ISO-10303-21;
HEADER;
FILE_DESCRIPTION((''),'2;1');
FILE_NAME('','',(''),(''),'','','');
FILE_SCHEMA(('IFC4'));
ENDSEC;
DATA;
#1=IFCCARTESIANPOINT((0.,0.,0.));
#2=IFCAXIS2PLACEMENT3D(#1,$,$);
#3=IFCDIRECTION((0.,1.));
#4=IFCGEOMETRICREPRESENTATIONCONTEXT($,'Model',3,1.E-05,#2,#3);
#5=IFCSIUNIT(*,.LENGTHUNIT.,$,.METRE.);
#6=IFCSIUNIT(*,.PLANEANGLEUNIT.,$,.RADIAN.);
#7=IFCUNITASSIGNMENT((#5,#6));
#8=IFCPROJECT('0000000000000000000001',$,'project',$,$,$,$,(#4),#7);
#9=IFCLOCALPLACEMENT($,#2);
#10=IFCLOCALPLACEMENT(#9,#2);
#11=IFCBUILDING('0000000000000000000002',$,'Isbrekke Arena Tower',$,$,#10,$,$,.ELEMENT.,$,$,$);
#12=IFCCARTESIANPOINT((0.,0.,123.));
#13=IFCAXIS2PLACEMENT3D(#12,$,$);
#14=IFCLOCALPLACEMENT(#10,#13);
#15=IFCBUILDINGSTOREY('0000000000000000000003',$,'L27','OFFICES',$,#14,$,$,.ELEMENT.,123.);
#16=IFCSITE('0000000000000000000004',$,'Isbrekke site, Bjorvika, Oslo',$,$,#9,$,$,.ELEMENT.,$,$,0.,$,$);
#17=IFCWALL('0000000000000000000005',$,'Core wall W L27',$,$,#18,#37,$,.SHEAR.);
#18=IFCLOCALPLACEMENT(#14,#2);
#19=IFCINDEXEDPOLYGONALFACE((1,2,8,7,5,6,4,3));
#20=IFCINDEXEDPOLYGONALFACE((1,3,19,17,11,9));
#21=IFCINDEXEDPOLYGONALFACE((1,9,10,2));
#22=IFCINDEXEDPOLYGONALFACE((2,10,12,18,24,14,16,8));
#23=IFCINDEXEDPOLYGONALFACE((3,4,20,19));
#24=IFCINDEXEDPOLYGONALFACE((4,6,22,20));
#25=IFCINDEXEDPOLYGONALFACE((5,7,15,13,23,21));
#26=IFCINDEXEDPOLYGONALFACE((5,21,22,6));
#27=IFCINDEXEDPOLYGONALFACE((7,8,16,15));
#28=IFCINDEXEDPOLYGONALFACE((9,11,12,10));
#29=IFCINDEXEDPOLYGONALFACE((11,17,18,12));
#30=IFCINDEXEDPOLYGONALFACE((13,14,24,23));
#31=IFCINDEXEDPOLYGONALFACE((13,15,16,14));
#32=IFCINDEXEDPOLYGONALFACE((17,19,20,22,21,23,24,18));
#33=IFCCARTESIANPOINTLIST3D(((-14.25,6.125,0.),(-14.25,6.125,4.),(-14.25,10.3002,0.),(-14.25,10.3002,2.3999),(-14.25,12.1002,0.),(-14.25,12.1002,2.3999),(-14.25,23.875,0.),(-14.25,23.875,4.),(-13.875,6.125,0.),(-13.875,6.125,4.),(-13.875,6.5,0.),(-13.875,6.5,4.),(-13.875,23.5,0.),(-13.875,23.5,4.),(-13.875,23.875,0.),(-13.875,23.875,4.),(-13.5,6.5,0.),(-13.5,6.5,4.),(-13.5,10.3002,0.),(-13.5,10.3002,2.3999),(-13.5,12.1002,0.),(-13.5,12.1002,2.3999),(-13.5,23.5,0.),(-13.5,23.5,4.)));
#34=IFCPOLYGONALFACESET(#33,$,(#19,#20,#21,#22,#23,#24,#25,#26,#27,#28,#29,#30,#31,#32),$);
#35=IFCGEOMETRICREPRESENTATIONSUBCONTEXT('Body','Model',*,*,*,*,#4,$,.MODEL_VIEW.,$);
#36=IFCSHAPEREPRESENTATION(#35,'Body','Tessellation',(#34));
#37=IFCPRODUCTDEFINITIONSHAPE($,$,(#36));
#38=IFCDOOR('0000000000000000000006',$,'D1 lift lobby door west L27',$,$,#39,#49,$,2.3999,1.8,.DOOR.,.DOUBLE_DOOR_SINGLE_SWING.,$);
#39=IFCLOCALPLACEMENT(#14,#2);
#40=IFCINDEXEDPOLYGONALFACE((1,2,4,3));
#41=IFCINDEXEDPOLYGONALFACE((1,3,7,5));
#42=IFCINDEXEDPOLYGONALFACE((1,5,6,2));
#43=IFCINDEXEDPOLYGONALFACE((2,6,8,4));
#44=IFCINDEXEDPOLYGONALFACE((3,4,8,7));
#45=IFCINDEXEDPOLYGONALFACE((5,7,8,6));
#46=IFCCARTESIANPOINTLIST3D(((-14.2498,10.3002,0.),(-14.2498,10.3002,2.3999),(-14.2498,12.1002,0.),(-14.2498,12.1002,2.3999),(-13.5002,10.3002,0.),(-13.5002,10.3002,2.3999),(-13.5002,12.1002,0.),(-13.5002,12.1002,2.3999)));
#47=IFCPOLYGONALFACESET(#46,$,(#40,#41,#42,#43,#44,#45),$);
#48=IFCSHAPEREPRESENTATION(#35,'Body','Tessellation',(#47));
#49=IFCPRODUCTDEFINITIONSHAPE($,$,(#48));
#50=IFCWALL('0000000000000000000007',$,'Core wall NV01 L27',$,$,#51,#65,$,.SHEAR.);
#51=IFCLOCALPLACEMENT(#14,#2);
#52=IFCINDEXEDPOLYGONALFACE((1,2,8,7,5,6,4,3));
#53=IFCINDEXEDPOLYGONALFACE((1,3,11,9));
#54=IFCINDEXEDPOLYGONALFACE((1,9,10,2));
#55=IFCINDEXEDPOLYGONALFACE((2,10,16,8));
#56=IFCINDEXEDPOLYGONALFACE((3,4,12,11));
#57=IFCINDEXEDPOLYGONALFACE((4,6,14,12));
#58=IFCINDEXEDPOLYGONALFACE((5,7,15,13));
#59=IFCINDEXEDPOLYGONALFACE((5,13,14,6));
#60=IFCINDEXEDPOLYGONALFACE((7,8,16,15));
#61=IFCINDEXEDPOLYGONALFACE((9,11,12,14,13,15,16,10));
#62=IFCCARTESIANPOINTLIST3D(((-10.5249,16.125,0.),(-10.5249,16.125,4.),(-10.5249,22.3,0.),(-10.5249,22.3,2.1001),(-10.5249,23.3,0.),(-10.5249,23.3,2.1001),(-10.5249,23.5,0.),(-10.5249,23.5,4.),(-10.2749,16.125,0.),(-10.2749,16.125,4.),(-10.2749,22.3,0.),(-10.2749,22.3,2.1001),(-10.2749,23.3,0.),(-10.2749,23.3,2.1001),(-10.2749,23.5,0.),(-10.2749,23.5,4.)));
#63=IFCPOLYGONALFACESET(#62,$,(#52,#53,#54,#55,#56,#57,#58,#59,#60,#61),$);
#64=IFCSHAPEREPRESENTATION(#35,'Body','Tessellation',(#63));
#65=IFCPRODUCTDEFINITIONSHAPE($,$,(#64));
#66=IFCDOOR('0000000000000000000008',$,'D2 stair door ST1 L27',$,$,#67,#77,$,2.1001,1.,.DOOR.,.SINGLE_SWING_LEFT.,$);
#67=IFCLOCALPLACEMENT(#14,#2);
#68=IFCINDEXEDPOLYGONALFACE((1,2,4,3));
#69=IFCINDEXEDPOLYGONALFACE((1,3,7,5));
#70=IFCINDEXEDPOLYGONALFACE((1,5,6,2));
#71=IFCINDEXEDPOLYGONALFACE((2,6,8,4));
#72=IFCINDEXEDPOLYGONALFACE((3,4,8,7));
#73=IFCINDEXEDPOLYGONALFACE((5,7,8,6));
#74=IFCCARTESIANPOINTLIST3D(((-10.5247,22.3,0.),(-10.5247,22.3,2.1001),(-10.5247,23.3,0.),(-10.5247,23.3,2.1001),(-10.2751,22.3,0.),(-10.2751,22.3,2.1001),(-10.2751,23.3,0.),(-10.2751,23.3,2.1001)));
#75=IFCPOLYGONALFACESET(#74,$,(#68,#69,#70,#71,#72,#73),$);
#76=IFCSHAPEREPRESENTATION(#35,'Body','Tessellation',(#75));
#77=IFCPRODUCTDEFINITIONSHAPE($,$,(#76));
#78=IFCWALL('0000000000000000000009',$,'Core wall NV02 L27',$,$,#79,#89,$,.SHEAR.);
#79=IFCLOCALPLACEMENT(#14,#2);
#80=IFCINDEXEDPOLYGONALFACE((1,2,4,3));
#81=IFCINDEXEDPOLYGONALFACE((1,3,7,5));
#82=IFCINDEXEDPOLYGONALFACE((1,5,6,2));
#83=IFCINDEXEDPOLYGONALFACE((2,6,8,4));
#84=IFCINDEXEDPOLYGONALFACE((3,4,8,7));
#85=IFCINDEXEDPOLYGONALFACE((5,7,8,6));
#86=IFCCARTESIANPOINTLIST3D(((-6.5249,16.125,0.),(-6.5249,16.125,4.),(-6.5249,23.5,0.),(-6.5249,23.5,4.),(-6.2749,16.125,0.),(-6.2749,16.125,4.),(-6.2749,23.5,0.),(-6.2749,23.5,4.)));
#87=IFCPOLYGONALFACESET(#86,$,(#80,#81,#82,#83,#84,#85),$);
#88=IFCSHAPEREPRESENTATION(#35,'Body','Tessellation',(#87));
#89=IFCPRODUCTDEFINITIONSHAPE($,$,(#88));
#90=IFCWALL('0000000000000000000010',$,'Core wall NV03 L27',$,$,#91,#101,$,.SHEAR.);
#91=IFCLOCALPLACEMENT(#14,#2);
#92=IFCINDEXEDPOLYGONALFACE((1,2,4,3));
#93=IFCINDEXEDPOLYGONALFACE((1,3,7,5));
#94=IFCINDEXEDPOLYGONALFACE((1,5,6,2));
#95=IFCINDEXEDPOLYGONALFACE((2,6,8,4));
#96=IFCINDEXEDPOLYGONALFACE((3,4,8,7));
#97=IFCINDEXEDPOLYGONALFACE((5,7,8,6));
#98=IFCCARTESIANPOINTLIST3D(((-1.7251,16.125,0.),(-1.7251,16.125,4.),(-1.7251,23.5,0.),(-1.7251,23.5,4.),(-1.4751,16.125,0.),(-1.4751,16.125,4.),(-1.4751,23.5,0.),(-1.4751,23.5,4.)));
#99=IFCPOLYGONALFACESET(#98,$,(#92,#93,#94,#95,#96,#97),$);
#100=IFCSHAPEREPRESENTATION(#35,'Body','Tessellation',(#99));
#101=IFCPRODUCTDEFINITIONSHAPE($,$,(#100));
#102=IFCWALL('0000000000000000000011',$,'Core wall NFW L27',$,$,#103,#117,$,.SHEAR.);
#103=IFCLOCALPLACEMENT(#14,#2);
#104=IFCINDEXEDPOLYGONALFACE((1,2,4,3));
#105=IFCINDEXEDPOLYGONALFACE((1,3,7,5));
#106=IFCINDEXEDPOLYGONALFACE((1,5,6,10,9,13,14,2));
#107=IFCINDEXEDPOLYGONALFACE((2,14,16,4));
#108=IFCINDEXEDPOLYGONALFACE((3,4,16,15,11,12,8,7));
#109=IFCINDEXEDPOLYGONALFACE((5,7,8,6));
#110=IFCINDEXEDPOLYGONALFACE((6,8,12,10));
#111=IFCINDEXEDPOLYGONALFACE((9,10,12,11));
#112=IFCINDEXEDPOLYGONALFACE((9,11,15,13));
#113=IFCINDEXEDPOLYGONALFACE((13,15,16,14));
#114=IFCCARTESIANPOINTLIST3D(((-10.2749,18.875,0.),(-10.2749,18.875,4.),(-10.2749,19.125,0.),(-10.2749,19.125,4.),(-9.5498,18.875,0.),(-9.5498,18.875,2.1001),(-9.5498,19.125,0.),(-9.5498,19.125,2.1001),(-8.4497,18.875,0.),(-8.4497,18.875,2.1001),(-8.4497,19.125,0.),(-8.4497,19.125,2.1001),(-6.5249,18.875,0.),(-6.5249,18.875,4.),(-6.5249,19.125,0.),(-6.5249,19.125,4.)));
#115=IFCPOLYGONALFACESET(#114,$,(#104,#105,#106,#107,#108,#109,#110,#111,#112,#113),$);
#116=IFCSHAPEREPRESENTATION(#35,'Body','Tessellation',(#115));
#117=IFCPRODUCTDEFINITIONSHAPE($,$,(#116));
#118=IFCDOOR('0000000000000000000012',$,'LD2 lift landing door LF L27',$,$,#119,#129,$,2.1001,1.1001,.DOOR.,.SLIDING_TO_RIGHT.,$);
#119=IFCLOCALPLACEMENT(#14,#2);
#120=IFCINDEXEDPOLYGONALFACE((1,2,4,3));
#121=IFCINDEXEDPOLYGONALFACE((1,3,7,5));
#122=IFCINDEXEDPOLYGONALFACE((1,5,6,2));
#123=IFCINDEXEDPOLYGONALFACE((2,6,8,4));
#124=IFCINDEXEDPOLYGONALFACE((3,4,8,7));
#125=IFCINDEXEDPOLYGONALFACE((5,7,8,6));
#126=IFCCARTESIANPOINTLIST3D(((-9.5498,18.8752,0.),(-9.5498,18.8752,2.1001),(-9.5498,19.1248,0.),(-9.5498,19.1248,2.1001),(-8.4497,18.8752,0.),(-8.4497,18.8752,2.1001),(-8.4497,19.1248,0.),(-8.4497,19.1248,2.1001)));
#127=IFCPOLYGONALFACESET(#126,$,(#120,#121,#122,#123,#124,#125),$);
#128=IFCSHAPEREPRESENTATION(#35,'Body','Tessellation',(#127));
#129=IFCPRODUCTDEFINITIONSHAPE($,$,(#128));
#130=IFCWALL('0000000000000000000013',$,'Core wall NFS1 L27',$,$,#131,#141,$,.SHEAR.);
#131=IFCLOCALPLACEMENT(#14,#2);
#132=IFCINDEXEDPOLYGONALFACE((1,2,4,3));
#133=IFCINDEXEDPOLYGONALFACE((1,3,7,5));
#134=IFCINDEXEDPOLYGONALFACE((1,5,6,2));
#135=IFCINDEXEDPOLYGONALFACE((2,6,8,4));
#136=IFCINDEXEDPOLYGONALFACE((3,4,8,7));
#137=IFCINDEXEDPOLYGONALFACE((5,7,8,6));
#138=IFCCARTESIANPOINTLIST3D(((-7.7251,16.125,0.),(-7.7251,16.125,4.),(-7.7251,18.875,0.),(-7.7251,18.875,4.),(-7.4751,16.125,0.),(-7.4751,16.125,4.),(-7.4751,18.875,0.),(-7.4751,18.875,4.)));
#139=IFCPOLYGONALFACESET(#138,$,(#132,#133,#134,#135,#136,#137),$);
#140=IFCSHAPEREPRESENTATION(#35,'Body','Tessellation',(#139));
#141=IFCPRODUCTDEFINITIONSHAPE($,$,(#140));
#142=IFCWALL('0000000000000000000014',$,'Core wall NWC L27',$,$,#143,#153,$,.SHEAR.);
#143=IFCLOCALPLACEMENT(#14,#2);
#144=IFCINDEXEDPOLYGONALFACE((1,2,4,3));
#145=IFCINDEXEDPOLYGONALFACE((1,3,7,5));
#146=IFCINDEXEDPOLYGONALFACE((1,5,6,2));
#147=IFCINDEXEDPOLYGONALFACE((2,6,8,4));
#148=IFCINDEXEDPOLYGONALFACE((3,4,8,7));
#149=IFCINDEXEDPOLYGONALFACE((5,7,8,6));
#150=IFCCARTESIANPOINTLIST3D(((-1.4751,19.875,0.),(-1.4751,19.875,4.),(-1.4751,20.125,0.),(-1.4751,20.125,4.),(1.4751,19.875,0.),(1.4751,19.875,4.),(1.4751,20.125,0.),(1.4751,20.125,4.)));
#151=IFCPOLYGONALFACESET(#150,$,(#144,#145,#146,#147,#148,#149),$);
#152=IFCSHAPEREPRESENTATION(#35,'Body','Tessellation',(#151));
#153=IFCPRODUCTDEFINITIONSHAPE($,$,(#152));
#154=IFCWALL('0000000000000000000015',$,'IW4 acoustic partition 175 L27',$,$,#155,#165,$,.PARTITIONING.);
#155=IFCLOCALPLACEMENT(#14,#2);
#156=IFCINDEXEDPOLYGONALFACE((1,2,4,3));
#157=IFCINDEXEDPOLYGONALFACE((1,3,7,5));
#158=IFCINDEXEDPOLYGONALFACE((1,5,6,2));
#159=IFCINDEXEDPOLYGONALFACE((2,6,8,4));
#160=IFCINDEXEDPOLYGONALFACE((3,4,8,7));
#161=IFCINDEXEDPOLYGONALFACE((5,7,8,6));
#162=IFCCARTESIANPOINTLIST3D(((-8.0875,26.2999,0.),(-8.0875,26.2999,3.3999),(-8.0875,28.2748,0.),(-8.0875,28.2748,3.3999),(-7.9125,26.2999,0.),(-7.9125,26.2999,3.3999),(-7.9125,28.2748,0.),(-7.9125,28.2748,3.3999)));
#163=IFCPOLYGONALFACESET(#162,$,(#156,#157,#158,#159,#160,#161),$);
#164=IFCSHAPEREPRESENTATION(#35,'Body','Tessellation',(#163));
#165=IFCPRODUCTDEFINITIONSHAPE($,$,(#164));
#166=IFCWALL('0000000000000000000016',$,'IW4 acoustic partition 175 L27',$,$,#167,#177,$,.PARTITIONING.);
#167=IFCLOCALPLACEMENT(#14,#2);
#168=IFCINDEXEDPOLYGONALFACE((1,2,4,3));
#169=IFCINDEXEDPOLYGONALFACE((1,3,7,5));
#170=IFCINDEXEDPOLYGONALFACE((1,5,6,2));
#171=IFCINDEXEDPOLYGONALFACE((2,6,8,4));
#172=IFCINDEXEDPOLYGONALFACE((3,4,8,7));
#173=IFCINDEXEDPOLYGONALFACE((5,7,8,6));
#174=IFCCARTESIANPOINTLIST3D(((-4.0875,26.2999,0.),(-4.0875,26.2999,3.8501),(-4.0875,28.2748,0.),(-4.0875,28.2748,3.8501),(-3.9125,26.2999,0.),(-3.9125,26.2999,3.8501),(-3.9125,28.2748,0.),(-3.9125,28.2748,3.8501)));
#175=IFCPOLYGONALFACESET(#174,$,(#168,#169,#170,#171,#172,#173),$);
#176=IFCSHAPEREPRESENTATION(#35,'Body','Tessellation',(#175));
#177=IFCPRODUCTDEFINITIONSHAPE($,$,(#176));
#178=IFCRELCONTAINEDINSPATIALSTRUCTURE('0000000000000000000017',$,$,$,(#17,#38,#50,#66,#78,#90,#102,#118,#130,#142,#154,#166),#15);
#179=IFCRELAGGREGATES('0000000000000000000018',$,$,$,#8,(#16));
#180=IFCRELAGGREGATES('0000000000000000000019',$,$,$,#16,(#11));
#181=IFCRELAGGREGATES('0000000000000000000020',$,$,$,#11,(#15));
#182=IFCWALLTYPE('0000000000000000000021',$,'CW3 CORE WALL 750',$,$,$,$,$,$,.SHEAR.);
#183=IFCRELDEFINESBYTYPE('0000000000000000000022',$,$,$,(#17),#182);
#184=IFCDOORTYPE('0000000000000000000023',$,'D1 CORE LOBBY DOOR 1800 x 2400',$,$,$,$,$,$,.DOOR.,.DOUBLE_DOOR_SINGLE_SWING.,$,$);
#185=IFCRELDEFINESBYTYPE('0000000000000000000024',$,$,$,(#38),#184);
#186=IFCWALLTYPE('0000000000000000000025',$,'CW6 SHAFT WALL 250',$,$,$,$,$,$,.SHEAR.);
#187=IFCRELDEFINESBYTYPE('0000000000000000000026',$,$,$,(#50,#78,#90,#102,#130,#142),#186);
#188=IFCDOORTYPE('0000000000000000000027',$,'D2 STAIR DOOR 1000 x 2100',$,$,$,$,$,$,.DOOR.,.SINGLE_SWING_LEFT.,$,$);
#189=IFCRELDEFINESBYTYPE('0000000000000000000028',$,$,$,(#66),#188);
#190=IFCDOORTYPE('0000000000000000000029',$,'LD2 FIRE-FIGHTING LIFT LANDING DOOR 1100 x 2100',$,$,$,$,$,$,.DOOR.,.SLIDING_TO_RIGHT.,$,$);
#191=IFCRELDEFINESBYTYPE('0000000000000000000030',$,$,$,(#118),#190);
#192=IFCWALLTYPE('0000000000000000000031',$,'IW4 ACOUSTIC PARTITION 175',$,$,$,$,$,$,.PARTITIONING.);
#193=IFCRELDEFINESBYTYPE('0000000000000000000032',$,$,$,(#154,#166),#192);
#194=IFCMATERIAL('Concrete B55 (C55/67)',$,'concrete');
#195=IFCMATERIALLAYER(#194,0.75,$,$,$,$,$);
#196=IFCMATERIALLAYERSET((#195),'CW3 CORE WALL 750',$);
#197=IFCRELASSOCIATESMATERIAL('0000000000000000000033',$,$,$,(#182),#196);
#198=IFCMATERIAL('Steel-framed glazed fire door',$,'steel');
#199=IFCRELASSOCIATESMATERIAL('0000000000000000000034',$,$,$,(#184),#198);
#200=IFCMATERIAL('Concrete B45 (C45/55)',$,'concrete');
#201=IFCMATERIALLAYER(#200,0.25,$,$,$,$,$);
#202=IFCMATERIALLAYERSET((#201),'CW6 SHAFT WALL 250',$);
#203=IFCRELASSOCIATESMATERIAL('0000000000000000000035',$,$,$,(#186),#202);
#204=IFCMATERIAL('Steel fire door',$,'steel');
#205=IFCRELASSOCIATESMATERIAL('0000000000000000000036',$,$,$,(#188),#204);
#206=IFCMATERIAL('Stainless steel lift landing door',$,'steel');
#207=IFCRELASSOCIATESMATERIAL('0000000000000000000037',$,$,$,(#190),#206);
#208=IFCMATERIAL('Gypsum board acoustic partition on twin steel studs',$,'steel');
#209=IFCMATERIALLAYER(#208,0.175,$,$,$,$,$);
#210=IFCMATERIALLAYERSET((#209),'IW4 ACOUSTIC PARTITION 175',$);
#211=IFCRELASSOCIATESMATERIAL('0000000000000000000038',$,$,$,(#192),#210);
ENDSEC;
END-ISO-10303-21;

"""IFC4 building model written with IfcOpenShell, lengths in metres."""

from ifc_helpers import new_model, si_unit, direction, frame, frame_2d, origin, place, context, subcontext, project, spatial, polyline, rectangle, outline, extrude, material, layer, layer_set, type_object, element, fill, save


model = new_model("IFC4")

# Units and contexts
model_context = context("Model", 3, precision=1e-05, world=origin(), true_north=direction((0.0, 1.0)))
body_context = subcontext(model_context, "Body", "Model", "MODEL_VIEW")
ifc_project = project(units=[si_unit("LENGTHUNIT", "METRE"), si_unit("PLANEANGLEUNIT", "RADIAN")], contexts=[model_context])

# Site, building, storey
site_placement = place(None, origin())
site = spatial("IfcSite", under=ifc_project, at=site_placement, Name="Isbrekke site, Bjorvika, Oslo", CompositionType="ELEMENT", RefElevation=0.0)
building_placement = place(site_placement, origin())
building = spatial("IfcBuilding", under=site, at=building_placement, Name="Isbrekke Arena Tower", CompositionType="ELEMENT")
storey_placement = place(building_placement, frame((0.0, 0.0, 123.0)))
storey = spatial("IfcBuildingStorey", under=building, at=storey_placement, Name="L27", Description="OFFICES", CompositionType="ELEMENT", Elevation=123.0)

# Walls, openings, doors
ifc_material_1 = material(Name="Concrete B55 (C55/67)", Category="concrete")
ifc_layer_1 = layer(ifc_material_1, 0.75)
ifc_layer_set_1 = layer_set([ifc_layer_1], Name="CW3 CORE WALL 750")
wall_type_1 = type_object("IfcWallType", Name="CW3 CORE WALL 750", PredefinedType="SHEAR", material=ifc_layer_set_1)
wall_1_placement = place(storey_placement, frame((-13.875, 23.875, 0.0), z_axis=(0.0, 0.0, 1.0), x_axis=(0.0, -1.0, 0.0)))
wall_1 = element("IfcWall", 1, at=wall_1_placement, inside=storey, type_object=wall_type_1, Name="Core wall W L27", PredefinedType="SHEAR", context=body_context, shape_type="SweptSolid", body=[
    extrude(outline(polyline([(0.0, -0.375), (17.75, -0.375), (17.75, 0.0), (17.375, 0.0), (17.375, 0.375), (0.375, 0.375), (0.375, 0.0), (0.0, 0.0), (0.0, -0.375)])), origin(), (0.0, 0.0, 1.0), 4.0),
])
opening_1_placement = place(wall_1_placement, frame((11.7749, 0.0, 0.0)))
opening_1 = element("IfcOpeningElement", 2, at=opening_1_placement, cuts=wall_1, PredefinedType="OPENING", context=body_context, shape_type="SweptSolid", body=[
    extrude(rectangle(XDim=1.8, YDim=2.3999, at=frame_2d((0.8999, 1.2))), frame((0.0, 0.3899, 0.0), z_axis=(0.0, -1.0, 0.0), x_axis=(1.0, 0.0, 0.0)), (0.0, 0.0, 1.0), 0.7798),
])
ifc_material_2 = material(Name="Steel-framed glazed fire door", Category="steel")
door_type_1 = type_object("IfcDoorType", Name="D1 CORE LOBBY DOOR 1800 x 2400", OperationType="DOUBLE_DOOR_SINGLE_SWING", PredefinedType="DOOR", material=ifc_material_2)
door_1_placement = place(opening_1_placement, origin())
door_1 = element("IfcDoor", 3, at=door_1_placement, inside=storey, type_object=door_type_1, Name="D1 lift lobby door west L27", OperationType="DOUBLE_DOOR_SINGLE_SWING", OverallHeight=2.3999, OverallWidth=1.8, PredefinedType="DOOR", context=body_context, shape_type="SweptSolid", body=[
    extrude(rectangle(XDim=1.8, YDim=2.3999, at=frame_2d((0.8999, 1.2))), frame((0.0, 0.3748, 0.0), z_axis=(0.0, -1.0, 0.0), x_axis=(1.0, 0.0, 0.0)), (0.0, 0.0, 1.0), 0.7495),
])
fill(opening_1, door_1)
ifc_material_3 = material(Name="Concrete B45 (C45/55)", Category="concrete")
ifc_layer_2 = layer(ifc_material_3, 0.25)
ifc_layer_set_2 = layer_set([ifc_layer_2], Name="CW6 SHAFT WALL 250")
wall_type_2 = type_object("IfcWallType", Name="CW6 SHAFT WALL 250", PredefinedType="SHEAR", material=ifc_layer_set_2)
wall_2_placement = place(storey_placement, frame((-10.3999, 16.125, 0.0), z_axis=(0.0, 0.0, 1.0), x_axis=(0.0, 1.0, 0.0)))
wall_2 = element("IfcWall", 4, at=wall_2_placement, inside=storey, type_object=wall_type_2, Name="Core wall NV01 L27", PredefinedType="SHEAR", context=body_context, shape_type="SweptSolid", body=[
    extrude(rectangle(XDim=7.375, YDim=0.25, at=frame_2d((3.6875, 0.0))), origin(), (0.0, 0.0, 1.0), 4.0),
])
opening_2_placement = place(wall_2_placement, frame((6.175, 0.0, 0.0)))
opening_2 = element("IfcOpeningElement", 5, at=opening_2_placement, cuts=wall_2, PredefinedType="OPENING", context=body_context, shape_type="SweptSolid", body=[
    extrude(rectangle(XDim=1.0, YDim=2.1001, at=frame_2d((0.5, 1.05))), frame((0.0, 0.1399, 0.0), z_axis=(0.0, -1.0, 0.0), x_axis=(1.0, 0.0, 0.0)), (0.0, 0.0, 1.0), 0.2798),
])
ifc_material_4 = material(Name="Steel fire door", Category="steel")
door_type_2 = type_object("IfcDoorType", Name="D2 STAIR DOOR 1000 x 2100", OperationType="SINGLE_SWING_LEFT", PredefinedType="DOOR", material=ifc_material_4)
door_2_placement = place(opening_2_placement, origin())
door_2 = element("IfcDoor", 6, at=door_2_placement, inside=storey, type_object=door_type_2, Name="D2 stair door ST1 L27", OperationType="SINGLE_SWING_LEFT", OverallHeight=2.1001, OverallWidth=1.0, PredefinedType="DOOR", context=body_context, shape_type="SweptSolid", body=[
    extrude(rectangle(XDim=1.0, YDim=2.1001, at=frame_2d((0.5, 1.05))), frame((0.0, 0.1248, 0.0), z_axis=(0.0, -1.0, 0.0), x_axis=(1.0, 0.0, 0.0)), (0.0, 0.0, 1.0), 0.2495),
])
fill(opening_2, door_2)

# Walls
for number, where, z_axis, x_axis, name in (
    (7, (-6.3999, 16.125, 0.0), (0.0, 0.0, 1.0), (0.0, 1.0, 0.0), "Core wall NV02 L27"),
    (8, (-1.6001, 16.125, 0.0), (0.0, 0.0, 1.0), (0.0, 1.0, 0.0), "Core wall NV03 L27"),
):
    element("IfcWall", number, at=place(storey_placement, frame(where, z_axis=z_axis, x_axis=x_axis)), inside=storey, type_object=wall_type_2, Name=name, PredefinedType="SHEAR", context=body_context, shape_type="SweptSolid", body=[
        extrude(rectangle(XDim=7.375, YDim=0.25, at=frame_2d((3.6875, 0.0))), origin(), (0.0, 0.0, 1.0), 4.0),
    ])

# Wall, opening, door
wall_3_placement = place(storey_placement, frame((-10.2749, 19.0, 0.0), z_axis=(0.0, 0.0, 1.0), x_axis=(1.0, 0.0, 0.0)))
wall_3 = element("IfcWall", 9, at=wall_3_placement, inside=storey, type_object=wall_type_2, Name="Core wall NFW L27", PredefinedType="SHEAR", context=body_context, shape_type="SweptSolid", body=[
    extrude(rectangle(XDim=3.75, YDim=0.25, at=frame_2d((1.875, 0.0))), origin(), (0.0, 0.0, 1.0), 4.0),
])
opening_3_placement = place(wall_3_placement, frame((0.7251, 0.0, 0.0)))
opening_3 = element("IfcOpeningElement", 10, at=opening_3_placement, cuts=wall_3, PredefinedType="OPENING", context=body_context, shape_type="SweptSolid", body=[
    extrude(rectangle(XDim=1.1001, YDim=2.1001, at=frame_2d((0.55, 1.05))), frame((0.0, 0.1399, 0.0), z_axis=(0.0, -1.0, 0.0), x_axis=(1.0, 0.0, 0.0)), (0.0, 0.0, 1.0), 0.2798),
])
ifc_material_5 = material(Name="Stainless steel lift landing door", Category="steel")
door_type_3 = type_object("IfcDoorType", Name="LD2 FIRE-FIGHTING LIFT LANDING DOOR 1100 x 2100", OperationType="SLIDING_TO_RIGHT", PredefinedType="DOOR", material=ifc_material_5)
door_3_placement = place(opening_3_placement, origin())
door_3 = element("IfcDoor", 11, at=door_3_placement, inside=storey, type_object=door_type_3, Name="LD2 lift landing door LF L27", OperationType="SLIDING_TO_RIGHT", OverallHeight=2.1001, OverallWidth=1.1001, PredefinedType="DOOR", context=body_context, shape_type="SweptSolid", body=[
    extrude(rectangle(XDim=1.1001, YDim=2.1001, at=frame_2d((0.55, 1.05))), frame((0.0, 0.1248, 0.0), z_axis=(0.0, -1.0, 0.0), x_axis=(1.0, 0.0, 0.0)), (0.0, 0.0, 1.0), 0.2495),
])
fill(opening_3, door_3)

# Walls
wall_4_placement = place(storey_placement, frame((-7.6001, 16.125, 0.0), z_axis=(0.0, 0.0, 1.0), x_axis=(0.0, 1.0, 0.0)))
element("IfcWall", 12, at=wall_4_placement, inside=storey, type_object=wall_type_2, Name="Core wall NFS1 L27", PredefinedType="SHEAR", context=body_context, shape_type="SweptSolid", body=[
    extrude(rectangle(XDim=2.75, YDim=0.25, at=frame_2d((1.375, 0.0))), origin(), (0.0, 0.0, 1.0), 4.0),
])
wall_5_placement = place(storey_placement, frame((-1.4751, 20.0, 0.0), z_axis=(0.0, 0.0, 1.0), x_axis=(1.0, 0.0, 0.0)))
element("IfcWall", 13, at=wall_5_placement, inside=storey, type_object=wall_type_2, Name="Core wall NWC L27", PredefinedType="SHEAR", context=body_context, shape_type="SweptSolid", body=[
    extrude(rectangle(XDim=2.9502, YDim=0.25, at=frame_2d((1.4751, 0.0))), origin(), (0.0, 0.0, 1.0), 4.0),
])

# Walls
ifc_material_6 = material(Name="Gypsum board acoustic partition on twin steel studs", Category="steel")
ifc_layer_3 = layer(ifc_material_6, 0.175)
ifc_layer_set_3 = layer_set([ifc_layer_3], Name="IW4 ACOUSTIC PARTITION 175")
wall_type_3 = type_object("IfcWallType", Name="IW4 ACOUSTIC PARTITION 175", PredefinedType="PARTITIONING", material=ifc_layer_set_3)
wall_6_placement = place(storey_placement, frame((-8.0, 26.3, 0.0), z_axis=(0.0, 0.0, 1.0), x_axis=(0.0, 1.0, 0.0)))
element("IfcWall", 14, at=wall_6_placement, inside=storey, type_object=wall_type_3, Name="IW4 acoustic partition 175 L27", PredefinedType="PARTITIONING", context=body_context, shape_type="SweptSolid", body=[
    extrude(rectangle(XDim=1.9749, YDim=0.175, at=frame_2d((0.9873, 0.0))), origin(), (0.0, 0.0, 1.0), 3.3999),
])
wall_7_placement = place(storey_placement, frame((-4.0, 26.3, 0.0), z_axis=(0.0, 0.0, 1.0), x_axis=(0.0, 1.0, 0.0)))
element("IfcWall", 15, at=wall_7_placement, inside=storey, type_object=wall_type_3, Name="IW4 acoustic partition 175 L27", PredefinedType="PARTITIONING", context=body_context, shape_type="SweptSolid", body=[
    extrude(rectangle(XDim=1.9749, YDim=0.175, at=frame_2d((0.9873, 0.0))), origin(), (0.0, 0.0, 1.0), 3.8501),
])

save(model, "model.ifc")
